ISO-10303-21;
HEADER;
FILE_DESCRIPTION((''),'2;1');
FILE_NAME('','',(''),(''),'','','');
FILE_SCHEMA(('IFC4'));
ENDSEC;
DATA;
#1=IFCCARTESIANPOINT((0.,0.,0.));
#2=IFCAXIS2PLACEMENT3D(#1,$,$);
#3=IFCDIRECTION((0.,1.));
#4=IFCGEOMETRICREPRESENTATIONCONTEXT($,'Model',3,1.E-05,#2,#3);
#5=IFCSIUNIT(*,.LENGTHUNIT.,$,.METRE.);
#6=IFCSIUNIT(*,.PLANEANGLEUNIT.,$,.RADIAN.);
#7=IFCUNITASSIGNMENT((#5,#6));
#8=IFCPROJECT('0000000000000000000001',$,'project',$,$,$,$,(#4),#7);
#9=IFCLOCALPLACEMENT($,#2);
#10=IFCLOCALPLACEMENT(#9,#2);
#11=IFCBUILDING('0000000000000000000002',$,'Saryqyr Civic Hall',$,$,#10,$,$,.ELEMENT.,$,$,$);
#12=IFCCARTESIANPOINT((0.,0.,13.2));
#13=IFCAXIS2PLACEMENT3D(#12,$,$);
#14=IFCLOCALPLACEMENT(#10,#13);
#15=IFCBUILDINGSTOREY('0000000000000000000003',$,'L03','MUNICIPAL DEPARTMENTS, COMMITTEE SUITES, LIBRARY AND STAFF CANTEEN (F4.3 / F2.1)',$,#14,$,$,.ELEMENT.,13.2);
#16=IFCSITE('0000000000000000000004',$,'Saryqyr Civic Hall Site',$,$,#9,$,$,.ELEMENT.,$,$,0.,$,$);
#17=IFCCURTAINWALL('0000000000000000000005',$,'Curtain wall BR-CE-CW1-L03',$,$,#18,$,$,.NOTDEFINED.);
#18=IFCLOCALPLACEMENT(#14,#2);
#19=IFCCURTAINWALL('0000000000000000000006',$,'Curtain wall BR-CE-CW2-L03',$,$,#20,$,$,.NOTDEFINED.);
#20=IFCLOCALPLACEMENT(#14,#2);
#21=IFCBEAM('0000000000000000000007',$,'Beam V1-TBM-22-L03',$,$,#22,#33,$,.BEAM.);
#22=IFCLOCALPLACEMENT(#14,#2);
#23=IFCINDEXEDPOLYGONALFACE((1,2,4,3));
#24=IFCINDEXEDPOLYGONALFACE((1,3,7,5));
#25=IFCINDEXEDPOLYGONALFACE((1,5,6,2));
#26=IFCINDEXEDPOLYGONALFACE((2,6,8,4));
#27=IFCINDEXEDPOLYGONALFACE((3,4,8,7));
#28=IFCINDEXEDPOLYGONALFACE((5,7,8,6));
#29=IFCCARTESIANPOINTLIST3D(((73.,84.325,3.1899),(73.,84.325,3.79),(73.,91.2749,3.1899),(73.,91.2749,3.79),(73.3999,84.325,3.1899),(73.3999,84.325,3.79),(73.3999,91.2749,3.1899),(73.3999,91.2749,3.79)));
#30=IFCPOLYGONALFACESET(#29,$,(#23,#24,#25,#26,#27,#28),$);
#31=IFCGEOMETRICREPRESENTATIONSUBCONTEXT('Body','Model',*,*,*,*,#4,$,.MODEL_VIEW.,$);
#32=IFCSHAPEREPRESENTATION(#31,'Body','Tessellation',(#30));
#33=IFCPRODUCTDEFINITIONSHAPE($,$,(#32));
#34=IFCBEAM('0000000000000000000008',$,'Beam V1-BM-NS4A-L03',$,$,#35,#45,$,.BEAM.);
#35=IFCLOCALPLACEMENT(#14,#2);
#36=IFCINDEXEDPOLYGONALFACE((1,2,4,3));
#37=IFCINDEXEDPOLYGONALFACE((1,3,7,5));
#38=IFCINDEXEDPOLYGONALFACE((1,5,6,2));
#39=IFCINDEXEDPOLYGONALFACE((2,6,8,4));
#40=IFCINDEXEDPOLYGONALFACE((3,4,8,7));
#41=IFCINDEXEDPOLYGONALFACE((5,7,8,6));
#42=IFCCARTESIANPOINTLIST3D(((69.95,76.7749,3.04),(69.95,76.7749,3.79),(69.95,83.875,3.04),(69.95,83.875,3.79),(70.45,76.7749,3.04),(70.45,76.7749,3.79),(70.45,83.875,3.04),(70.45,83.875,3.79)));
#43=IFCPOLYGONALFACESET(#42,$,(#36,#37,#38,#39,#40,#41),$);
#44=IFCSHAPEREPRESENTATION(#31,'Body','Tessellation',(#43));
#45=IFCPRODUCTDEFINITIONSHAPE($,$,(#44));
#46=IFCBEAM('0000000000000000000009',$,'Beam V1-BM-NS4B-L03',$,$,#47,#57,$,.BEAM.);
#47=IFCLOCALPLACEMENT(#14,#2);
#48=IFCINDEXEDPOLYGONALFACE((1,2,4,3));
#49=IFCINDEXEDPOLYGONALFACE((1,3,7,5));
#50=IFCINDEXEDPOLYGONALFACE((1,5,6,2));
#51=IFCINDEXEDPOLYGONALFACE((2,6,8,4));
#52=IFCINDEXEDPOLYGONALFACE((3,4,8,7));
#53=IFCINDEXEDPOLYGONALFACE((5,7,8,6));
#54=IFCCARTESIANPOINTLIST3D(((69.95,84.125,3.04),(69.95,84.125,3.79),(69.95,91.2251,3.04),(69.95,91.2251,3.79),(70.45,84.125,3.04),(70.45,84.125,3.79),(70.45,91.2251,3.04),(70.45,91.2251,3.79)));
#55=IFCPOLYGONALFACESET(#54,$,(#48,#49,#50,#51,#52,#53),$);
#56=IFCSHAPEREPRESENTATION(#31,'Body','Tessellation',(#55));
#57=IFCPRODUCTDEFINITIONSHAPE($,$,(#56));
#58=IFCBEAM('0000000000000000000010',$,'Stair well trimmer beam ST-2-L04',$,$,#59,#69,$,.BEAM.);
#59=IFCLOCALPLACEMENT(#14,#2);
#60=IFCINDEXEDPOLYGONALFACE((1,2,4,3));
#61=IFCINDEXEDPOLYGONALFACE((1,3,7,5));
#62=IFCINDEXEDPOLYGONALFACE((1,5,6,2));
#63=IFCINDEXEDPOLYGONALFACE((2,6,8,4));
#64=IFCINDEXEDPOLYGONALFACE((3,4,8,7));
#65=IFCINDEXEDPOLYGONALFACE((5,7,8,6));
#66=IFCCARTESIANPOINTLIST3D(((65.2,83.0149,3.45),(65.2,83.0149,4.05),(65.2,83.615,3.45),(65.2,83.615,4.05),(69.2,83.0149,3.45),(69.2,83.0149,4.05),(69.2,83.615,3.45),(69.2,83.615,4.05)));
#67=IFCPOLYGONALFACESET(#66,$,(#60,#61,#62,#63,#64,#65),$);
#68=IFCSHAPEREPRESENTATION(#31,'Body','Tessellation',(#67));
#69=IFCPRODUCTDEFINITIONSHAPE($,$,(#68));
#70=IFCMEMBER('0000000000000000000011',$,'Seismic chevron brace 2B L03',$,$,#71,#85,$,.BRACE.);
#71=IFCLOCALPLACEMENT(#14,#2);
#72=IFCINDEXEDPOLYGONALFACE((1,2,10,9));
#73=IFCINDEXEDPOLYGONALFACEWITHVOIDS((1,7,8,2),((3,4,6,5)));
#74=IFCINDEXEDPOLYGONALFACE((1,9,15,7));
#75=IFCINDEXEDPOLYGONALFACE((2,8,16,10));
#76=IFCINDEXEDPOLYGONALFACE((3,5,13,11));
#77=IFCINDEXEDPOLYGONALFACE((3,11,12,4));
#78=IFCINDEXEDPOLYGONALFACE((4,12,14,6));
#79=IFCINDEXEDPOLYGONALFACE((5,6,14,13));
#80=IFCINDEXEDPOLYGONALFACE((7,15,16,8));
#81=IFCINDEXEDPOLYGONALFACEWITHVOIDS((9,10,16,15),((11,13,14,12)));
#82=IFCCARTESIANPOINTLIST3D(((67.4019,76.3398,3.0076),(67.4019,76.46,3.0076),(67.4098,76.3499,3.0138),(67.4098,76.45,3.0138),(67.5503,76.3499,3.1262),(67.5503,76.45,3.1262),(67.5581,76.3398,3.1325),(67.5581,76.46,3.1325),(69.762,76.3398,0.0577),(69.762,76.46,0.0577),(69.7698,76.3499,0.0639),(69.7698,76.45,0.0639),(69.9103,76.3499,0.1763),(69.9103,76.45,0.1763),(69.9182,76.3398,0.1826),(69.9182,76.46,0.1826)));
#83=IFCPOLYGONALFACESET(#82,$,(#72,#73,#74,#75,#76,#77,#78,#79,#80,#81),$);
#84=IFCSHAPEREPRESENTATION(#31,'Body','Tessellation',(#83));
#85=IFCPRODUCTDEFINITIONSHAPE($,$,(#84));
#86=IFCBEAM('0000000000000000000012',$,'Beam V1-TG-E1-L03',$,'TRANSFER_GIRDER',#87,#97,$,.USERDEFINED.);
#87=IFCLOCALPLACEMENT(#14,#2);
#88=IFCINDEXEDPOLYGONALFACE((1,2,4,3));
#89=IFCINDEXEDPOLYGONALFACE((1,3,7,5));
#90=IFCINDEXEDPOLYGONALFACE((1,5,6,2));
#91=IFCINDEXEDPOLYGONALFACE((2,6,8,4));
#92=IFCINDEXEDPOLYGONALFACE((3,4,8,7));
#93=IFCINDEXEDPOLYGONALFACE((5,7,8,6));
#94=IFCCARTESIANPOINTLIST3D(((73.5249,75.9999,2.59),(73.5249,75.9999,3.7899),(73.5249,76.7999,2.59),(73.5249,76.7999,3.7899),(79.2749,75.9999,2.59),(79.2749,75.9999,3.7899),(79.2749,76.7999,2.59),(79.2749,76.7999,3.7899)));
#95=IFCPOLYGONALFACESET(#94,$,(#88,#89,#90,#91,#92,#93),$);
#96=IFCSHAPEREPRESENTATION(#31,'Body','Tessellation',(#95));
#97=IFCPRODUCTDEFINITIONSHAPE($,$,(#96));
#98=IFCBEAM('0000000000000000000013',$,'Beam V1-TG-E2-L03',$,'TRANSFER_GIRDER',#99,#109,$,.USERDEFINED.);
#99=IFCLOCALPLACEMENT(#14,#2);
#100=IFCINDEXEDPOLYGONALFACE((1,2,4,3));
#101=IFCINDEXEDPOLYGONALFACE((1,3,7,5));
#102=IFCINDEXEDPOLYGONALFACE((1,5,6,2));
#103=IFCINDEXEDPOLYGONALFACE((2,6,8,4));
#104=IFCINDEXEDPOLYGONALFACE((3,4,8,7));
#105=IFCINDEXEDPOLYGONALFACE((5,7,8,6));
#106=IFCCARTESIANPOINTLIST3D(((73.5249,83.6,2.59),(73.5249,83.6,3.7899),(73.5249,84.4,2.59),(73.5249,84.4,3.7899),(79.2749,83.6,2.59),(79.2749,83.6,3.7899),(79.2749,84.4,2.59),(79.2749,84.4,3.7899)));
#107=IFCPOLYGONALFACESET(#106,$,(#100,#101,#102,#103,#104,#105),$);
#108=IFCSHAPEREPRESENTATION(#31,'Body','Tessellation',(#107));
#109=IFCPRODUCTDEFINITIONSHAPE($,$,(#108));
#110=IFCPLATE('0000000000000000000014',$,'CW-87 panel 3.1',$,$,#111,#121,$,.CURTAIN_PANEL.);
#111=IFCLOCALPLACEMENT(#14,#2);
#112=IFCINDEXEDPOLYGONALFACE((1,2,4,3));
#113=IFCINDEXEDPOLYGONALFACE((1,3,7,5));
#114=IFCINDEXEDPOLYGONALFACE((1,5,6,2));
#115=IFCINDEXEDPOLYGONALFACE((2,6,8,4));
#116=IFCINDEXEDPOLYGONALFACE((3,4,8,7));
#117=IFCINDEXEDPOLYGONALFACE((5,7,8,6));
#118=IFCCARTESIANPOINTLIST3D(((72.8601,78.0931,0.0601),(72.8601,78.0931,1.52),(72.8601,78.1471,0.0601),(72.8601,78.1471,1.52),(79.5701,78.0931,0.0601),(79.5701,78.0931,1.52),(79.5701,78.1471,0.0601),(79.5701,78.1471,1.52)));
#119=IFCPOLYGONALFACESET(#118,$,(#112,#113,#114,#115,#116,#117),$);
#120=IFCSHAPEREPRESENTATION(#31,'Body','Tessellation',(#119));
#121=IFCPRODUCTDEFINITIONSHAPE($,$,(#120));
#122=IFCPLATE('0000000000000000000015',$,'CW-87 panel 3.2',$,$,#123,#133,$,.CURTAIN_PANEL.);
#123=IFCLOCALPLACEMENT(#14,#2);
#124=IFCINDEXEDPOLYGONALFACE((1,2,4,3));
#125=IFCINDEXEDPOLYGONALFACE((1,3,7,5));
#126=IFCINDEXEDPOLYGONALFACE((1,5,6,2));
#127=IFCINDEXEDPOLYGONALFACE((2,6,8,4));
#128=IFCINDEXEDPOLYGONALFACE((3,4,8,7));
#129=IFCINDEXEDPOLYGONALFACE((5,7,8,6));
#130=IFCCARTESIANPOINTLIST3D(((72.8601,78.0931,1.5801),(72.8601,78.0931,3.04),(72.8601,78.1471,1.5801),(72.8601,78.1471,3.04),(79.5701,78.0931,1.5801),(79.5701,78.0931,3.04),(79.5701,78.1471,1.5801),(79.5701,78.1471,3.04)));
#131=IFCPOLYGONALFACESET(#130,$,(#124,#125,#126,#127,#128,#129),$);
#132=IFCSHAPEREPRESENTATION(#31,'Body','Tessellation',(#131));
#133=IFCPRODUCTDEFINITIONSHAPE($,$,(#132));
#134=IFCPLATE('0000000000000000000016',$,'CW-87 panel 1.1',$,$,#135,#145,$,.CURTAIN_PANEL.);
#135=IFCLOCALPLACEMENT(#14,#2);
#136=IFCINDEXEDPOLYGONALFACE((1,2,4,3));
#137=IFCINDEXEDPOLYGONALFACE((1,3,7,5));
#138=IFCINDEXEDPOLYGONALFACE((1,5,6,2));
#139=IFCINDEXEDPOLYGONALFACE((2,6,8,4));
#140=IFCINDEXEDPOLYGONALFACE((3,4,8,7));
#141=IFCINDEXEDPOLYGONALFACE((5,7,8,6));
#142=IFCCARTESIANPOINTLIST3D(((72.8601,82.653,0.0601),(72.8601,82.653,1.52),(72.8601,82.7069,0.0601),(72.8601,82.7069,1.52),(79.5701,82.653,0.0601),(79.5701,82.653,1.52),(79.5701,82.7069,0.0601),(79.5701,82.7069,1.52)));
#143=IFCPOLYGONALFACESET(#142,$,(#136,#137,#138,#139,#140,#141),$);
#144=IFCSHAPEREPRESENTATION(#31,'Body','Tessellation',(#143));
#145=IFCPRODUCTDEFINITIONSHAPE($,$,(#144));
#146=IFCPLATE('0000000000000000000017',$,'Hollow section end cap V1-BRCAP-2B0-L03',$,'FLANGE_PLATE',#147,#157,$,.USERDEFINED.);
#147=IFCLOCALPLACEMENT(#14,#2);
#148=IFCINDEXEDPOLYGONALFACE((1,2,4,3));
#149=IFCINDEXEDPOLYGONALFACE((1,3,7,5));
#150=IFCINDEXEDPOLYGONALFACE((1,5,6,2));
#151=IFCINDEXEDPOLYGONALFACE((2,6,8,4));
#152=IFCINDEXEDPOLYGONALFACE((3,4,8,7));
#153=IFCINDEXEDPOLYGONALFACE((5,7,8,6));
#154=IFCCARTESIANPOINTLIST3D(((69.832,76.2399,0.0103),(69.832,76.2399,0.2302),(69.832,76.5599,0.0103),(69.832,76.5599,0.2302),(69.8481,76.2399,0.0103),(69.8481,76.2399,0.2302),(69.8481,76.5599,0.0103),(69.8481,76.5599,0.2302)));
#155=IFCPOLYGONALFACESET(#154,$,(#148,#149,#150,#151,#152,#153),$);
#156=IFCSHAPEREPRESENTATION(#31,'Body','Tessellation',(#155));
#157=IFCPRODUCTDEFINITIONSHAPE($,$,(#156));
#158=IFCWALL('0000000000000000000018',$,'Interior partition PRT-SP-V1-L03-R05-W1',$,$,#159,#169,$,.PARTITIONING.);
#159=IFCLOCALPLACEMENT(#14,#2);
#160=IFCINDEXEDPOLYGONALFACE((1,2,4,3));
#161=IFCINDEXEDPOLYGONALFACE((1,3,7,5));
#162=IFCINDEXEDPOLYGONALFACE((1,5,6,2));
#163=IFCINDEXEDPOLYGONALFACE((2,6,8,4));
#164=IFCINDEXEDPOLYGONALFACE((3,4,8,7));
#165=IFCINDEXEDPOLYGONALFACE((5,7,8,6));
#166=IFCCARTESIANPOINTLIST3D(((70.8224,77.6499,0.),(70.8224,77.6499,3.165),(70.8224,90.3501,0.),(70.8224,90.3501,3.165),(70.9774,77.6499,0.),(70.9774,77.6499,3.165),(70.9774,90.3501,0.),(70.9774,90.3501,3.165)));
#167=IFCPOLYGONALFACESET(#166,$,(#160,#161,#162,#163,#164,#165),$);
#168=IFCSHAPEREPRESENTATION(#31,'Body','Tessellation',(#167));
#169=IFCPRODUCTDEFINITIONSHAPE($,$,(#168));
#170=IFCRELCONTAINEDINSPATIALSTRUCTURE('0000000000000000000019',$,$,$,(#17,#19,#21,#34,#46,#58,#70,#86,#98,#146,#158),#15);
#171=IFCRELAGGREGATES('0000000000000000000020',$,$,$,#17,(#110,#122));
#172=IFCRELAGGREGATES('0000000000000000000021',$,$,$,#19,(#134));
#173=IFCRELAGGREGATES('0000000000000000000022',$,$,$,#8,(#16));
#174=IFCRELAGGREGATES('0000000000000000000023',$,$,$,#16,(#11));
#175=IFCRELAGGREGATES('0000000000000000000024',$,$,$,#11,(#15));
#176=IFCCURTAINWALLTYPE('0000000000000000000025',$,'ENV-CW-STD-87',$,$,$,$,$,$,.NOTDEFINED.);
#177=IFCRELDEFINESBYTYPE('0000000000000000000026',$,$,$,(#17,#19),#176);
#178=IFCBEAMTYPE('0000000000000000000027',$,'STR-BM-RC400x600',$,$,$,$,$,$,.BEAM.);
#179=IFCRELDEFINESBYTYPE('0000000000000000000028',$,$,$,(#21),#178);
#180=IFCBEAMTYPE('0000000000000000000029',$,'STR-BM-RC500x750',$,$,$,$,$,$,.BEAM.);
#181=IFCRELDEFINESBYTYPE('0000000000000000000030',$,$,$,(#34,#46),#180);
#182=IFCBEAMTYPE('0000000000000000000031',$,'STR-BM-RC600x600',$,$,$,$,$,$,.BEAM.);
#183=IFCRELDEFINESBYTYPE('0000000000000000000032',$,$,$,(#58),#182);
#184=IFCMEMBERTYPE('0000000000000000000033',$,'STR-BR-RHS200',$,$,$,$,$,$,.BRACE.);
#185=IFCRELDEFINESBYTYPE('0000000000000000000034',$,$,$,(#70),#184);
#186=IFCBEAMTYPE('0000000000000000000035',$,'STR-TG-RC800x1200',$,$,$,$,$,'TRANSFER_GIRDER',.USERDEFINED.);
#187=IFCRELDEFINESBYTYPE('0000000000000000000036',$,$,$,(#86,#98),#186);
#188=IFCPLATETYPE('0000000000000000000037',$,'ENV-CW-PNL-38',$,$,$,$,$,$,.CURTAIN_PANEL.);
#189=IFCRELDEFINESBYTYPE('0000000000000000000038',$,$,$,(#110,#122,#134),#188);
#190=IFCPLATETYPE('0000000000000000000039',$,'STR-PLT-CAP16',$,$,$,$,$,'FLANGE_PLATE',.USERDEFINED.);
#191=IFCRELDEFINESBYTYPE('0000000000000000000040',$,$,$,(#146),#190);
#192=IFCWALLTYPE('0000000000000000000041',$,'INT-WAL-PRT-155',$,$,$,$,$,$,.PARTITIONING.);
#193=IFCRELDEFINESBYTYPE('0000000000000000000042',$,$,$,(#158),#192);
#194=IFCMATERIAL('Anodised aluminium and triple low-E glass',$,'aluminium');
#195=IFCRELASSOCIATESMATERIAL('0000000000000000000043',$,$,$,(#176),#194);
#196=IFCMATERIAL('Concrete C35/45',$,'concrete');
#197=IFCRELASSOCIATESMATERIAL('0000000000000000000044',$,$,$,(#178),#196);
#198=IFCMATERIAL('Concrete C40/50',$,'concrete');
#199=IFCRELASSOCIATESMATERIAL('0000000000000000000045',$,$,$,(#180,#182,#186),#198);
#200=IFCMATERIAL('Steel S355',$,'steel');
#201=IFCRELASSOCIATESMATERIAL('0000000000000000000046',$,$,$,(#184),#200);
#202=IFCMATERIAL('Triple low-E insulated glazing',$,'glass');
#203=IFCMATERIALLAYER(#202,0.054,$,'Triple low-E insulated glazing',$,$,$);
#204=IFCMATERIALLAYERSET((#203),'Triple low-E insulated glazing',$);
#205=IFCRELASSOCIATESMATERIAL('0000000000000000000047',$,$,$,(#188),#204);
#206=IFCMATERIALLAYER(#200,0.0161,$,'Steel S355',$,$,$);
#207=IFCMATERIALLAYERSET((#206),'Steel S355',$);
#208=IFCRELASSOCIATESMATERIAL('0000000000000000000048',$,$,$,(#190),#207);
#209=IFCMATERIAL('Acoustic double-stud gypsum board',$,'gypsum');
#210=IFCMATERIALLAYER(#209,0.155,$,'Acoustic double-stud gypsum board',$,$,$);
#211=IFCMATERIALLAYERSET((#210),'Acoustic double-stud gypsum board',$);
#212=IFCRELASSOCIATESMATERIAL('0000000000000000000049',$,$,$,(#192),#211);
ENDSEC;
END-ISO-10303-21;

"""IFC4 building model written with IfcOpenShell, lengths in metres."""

from ifc_helpers import new_model, si_unit, direction, frame, frame_2d, origin, origin_2d, place, context, subcontext, project, spatial, rectangle, hollow_rectangle, extrude, material, layer, layer_set, material_profile, profile_set, type_object, element, aggregate, save


model = new_model("IFC4")

# Units and contexts
model_context = context("Model", 3, precision=1e-05, world=origin(), true_north=direction((0.0, 1.0)))
body_context = subcontext(model_context, "Body", "Model", "MODEL_VIEW")
ifc_project = project(units=[si_unit("LENGTHUNIT", "METRE"), si_unit("PLANEANGLEUNIT", "RADIAN")], contexts=[model_context])

# Site, building, storey
site_placement = place(None, origin())
site = spatial("IfcSite", under=ifc_project, at=site_placement, Name="Saryqyr Civic Hall Site", CompositionType="ELEMENT", RefElevation=0.0)
building_placement = place(site_placement, origin())
building = spatial("IfcBuilding", under=site, at=building_placement, Name="Saryqyr Civic Hall", CompositionType="ELEMENT")
storey_placement = place(building_placement, frame((0.0, 0.0, 13.2)))
storey = spatial("IfcBuildingStorey", under=building, at=storey_placement, Name="L03", Description="MUNICIPAL DEPARTMENTS, COMMITTEE SUITES, LIBRARY AND STAFF CANTEEN (F4.3 / F2.1)", CompositionType="ELEMENT", Elevation=13.2)

# Shared definitions
ifc_material_1 = material(Name="Steel S355", Category="steel")
ifc_material_2 = material(Name="Concrete C40/50", Category="concrete")

# Curtain wall
ifc_material_3 = material(Name="Anodised aluminium and triple low-E glass", Category="aluminium")
curtain_wall_type = type_object("IfcCurtainWallType", Name="ENV-CW-STD-87", PredefinedType="NOTDEFINED", material=ifc_material_3)
curtain_wall_1_placement = place(storey_placement, origin())
curtain_wall_1 = element("IfcCurtainWall", 1, at=curtain_wall_1_placement, inside=storey, type_object=curtain_wall_type, Name="Curtain wall BR-CE-CW1-L03", PredefinedType="NOTDEFINED")

# Curtain wall
curtain_wall_2_placement = place(storey_placement, origin())
curtain_wall_2 = element("IfcCurtainWall", 2, at=curtain_wall_2_placement, inside=storey, type_object=curtain_wall_type, Name="Curtain wall BR-CE-CW2-L03", PredefinedType="NOTDEFINED")

# Beams
ifc_material_4 = material(Name="Concrete C35/45", Category="concrete")
ifc_material_profile_1 = material_profile(ifc_material_4, rectangle(XDim=0.3999, YDim=0.6001, at=origin_2d()), Name="RC 400x600")
ifc_profile_set_1 = profile_set([ifc_material_profile_1], Name="Concrete C35/45")
beam_type_1 = type_object("IfcBeamType", Name="STR-BM-RC400x600", PredefinedType="BEAM", material=ifc_profile_set_1)
for number, where, z_axis, x_axis, name in (
    (3, (73.2, 84.325, 3.49), (0.0, 1.0, 0.0), (-1.0, 0.0, 0.0), "Beam V1-TBM-22-L03"),
):
    element("IfcBeam", number, at=place(storey_placement, frame(where, z_axis=z_axis, x_axis=x_axis)), inside=storey, type_object=beam_type_1, Name=name, PredefinedType="BEAM", context=body_context, shape_type="SweptSolid", body=[
        extrude(rectangle(XDim=0.3999, YDim=0.6001, at=origin_2d()), origin(), (0.0, 0.0, 1.0), 6.95),
    ])
ifc_material_profile_2 = material_profile(ifc_material_2, rectangle(XDim=0.5, YDim=0.75, at=origin_2d()), Name="RC 500x750")
ifc_profile_set_2 = profile_set([ifc_material_profile_2], Name="Concrete C40/50")
beam_type_2 = type_object("IfcBeamType", Name="STR-BM-RC500x750", PredefinedType="BEAM", material=ifc_profile_set_2)
for number, where, z_axis, x_axis, name in (
    (4, (70.2, 76.7749, 3.415), (0.0, 1.0, 0.0), (-1.0, 0.0, 0.0), "Beam V1-BM-NS4A-L03"),
    (5, (70.2, 84.125, 3.415), (0.0, 1.0, 0.0), (-1.0, 0.0, 0.0), "Beam V1-BM-NS4B-L03"),
):
    element("IfcBeam", number, at=place(storey_placement, frame(where, z_axis=z_axis, x_axis=x_axis)), inside=storey, type_object=beam_type_2, Name=name, PredefinedType="BEAM", context=body_context, shape_type="SweptSolid", body=[
        extrude(rectangle(XDim=0.5, YDim=0.75, at=origin_2d()), origin(), (0.0, 0.0, 1.0), 7.1001),
    ])
ifc_material_profile_3 = material_profile(ifc_material_2, rectangle(XDim=0.6001, YDim=0.6001, at=origin_2d()), Name="RC 600x600")
ifc_profile_set_3 = profile_set([ifc_material_profile_3], Name="Concrete C40/50")
beam_type_3 = type_object("IfcBeamType", Name="STR-BM-RC600x600", PredefinedType="BEAM", material=ifc_profile_set_3)
beam_1_placement = place(storey_placement, frame((69.2, 83.3149, 3.75), z_axis=(-1.0, 0.0, 0.0), x_axis=(0.0, -1.0, 0.0)))
element("IfcBeam", 6, at=beam_1_placement, inside=storey, type_object=beam_type_3, Name="Stair well trimmer beam ST-2-L04", PredefinedType="BEAM", context=body_context, shape_type="SweptSolid", body=[
    extrude(rectangle(XDim=0.6001, YDim=0.6001, at=origin_2d()), origin(), (0.0, 0.0, 1.0), 4.0),
])

# Member
ifc_material_profile_4 = material_profile(ifc_material_1, hollow_rectangle(XDim=0.1201, YDim=0.2, WallThickness=0.01, at=origin_2d()), Name="RHS 200x120x10")
ifc_profile_set_4 = profile_set([ifc_material_profile_4], Name="Steel S355")
member_type_1 = type_object("IfcMemberType", Name="STR-BR-RHS200", PredefinedType="BRACE", material=ifc_profile_set_4)
member_1_placement = place(storey_placement, frame((69.8401, 76.3999, 0.1201), z_axis=(-0.624719, 0.0, 0.78085), x_axis=(0.0, -1.0, 0.0)))
element("IfcMember", 7, at=member_1_placement, inside=storey, type_object=member_type_1, Name="Seismic chevron brace 2B L03", PredefinedType="BRACE", context=body_context, shape_type="SweptSolid", body=[
    extrude(hollow_rectangle(XDim=0.1201, YDim=0.2, WallThickness=0.01, at=origin_2d()), origin(), (0.0, 0.0, 1.0), 3.7778),
])

# Beams
ifc_material_profile_5 = material_profile(ifc_material_2, rectangle(XDim=0.8, YDim=1.2, at=origin_2d()), Name="RC 800x1200")
ifc_profile_set_5 = profile_set([ifc_material_profile_5], Name="Concrete C40/50")
beam_type_4 = type_object("IfcBeamType", Name="STR-TG-RC800x1200", ElementType="TRANSFER_GIRDER", PredefinedType="USERDEFINED", material=ifc_profile_set_5)
for number, where, z_axis, x_axis, name in (
    (8, (73.5249, 76.3999, 3.1899), (1.0, 0.0, 0.0), (0.0, 1.0, 0.0), "Beam V1-TG-E1-L03"),
    (9, (73.5249, 84.0, 3.1899), (1.0, 0.0, 0.0), (0.0, 1.0, 0.0), "Beam V1-TG-E2-L03"),
):
    element("IfcBeam", number, at=place(storey_placement, frame(where, z_axis=z_axis, x_axis=x_axis)), inside=storey, type_object=beam_type_4, Name=name, ObjectType="TRANSFER_GIRDER", PredefinedType="USERDEFINED", context=body_context, shape_type="SweptSolid", body=[
        extrude(rectangle(XDim=0.8, YDim=1.2, at=origin_2d()), origin(), (0.0, 0.0, 1.0), 5.75),
    ])

# Plates
ifc_material_5 = material(Name="Triple low-E insulated glazing", Category="glass")
ifc_layer_1 = layer(ifc_material_5, 0.054, Name="Triple low-E insulated glazing")
ifc_layer_set_1 = layer_set([ifc_layer_1], Name="Triple low-E insulated glazing")
plate_type_1 = type_object("IfcPlateType", Name="ENV-CW-PNL-38", PredefinedType="CURTAIN_PANEL", material=ifc_layer_set_1)
plate_1_placement = place(storey_placement, frame((76.2151, 78.1201, 0.0601), z_axis=(0.0, 0.0, 1.0), x_axis=(-1.0, 0.0, 0.0)))
plate_1 = element("IfcPlate", 10, at=plate_1_placement, type_object=plate_type_1, Name="CW-87 panel 3.1", PredefinedType="CURTAIN_PANEL", context=body_context, shape_type="SweptSolid", body=[
    extrude(rectangle(XDim=6.71, YDim=0.054, at=origin_2d()), origin(), (0.0, 0.0, 1.0), 1.46),
])
plate_2_placement = place(storey_placement, frame((76.2151, 78.1201, 1.5801), z_axis=(0.0, 0.0, 1.0), x_axis=(-1.0, 0.0, 0.0)))
plate_2 = element("IfcPlate", 11, at=plate_2_placement, type_object=plate_type_1, Name="CW-87 panel 3.2", PredefinedType="CURTAIN_PANEL", context=body_context, shape_type="SweptSolid", body=[
    extrude(rectangle(XDim=6.71, YDim=0.054, at=origin_2d()), origin(), (0.0, 0.0, 1.0), 1.46),
])
aggregate(curtain_wall_1, [plate_1, plate_2])
plate_3_placement = place(storey_placement, frame((76.2151, 82.6799, 0.0601), z_axis=(0.0, 0.0, 1.0), x_axis=(1.0, 0.0, 0.0)))
plate_3 = element("IfcPlate", 12, at=plate_3_placement, type_object=plate_type_1, Name="CW-87 panel 1.1", PredefinedType="CURTAIN_PANEL", context=body_context, shape_type="SweptSolid", body=[
    extrude(rectangle(XDim=6.71, YDim=0.054, at=origin_2d()), origin(), (0.0, 0.0, 1.0), 1.46),
])
aggregate(curtain_wall_2, [plate_3])
ifc_layer_2 = layer(ifc_material_1, 0.0161, Name="Steel S355")
ifc_layer_set_2 = layer_set([ifc_layer_2], Name="Steel S355")
plate_type_2 = type_object("IfcPlateType", Name="STR-PLT-CAP16", ElementType="FLANGE_PLATE", PredefinedType="USERDEFINED", material=ifc_layer_set_2)
plate_4_placement = place(storey_placement, frame((69.8401, 76.3999, 0.0103), z_axis=(0.0, 0.0, 1.0), x_axis=(1.0, 0.0, 0.0)))
element("IfcPlate", 13, at=plate_4_placement, inside=storey, type_object=plate_type_2, Name="Hollow section end cap V1-BRCAP-2B0-L03", ObjectType="FLANGE_PLATE", PredefinedType="USERDEFINED", context=body_context, shape_type="SweptSolid", body=[
    extrude(rectangle(XDim=0.0161, YDim=0.3201, at=origin_2d()), origin(), (0.0, 0.0, 1.0), 0.22),
])

# Wall
ifc_material_6 = material(Name="Acoustic double-stud gypsum board", Category="gypsum")
ifc_layer_3 = layer(ifc_material_6, 0.155, Name="Acoustic double-stud gypsum board")
ifc_layer_set_3 = layer_set([ifc_layer_3], Name="Acoustic double-stud gypsum board")
wall_type = type_object("IfcWallType", Name="INT-WAL-PRT-155", PredefinedType="PARTITIONING", material=ifc_layer_set_3)
wall_placement = place(storey_placement, frame((70.8999, 77.6499, 0.0), z_axis=(0.0, 0.0, 1.0), x_axis=(0.0, 1.0, 0.0)))
element("IfcWall", 14, at=wall_placement, inside=storey, type_object=wall_type, Name="Interior partition PRT-SP-V1-L03-R05-W1", PredefinedType="PARTITIONING", context=body_context, shape_type="SweptSolid", body=[
    extrude(rectangle(XDim=12.7002, YDim=0.155, at=frame_2d((6.3501, 0.0))), origin(), (0.0, 0.0, 1.0), 3.165),
])

save(model, "model.ifc")
